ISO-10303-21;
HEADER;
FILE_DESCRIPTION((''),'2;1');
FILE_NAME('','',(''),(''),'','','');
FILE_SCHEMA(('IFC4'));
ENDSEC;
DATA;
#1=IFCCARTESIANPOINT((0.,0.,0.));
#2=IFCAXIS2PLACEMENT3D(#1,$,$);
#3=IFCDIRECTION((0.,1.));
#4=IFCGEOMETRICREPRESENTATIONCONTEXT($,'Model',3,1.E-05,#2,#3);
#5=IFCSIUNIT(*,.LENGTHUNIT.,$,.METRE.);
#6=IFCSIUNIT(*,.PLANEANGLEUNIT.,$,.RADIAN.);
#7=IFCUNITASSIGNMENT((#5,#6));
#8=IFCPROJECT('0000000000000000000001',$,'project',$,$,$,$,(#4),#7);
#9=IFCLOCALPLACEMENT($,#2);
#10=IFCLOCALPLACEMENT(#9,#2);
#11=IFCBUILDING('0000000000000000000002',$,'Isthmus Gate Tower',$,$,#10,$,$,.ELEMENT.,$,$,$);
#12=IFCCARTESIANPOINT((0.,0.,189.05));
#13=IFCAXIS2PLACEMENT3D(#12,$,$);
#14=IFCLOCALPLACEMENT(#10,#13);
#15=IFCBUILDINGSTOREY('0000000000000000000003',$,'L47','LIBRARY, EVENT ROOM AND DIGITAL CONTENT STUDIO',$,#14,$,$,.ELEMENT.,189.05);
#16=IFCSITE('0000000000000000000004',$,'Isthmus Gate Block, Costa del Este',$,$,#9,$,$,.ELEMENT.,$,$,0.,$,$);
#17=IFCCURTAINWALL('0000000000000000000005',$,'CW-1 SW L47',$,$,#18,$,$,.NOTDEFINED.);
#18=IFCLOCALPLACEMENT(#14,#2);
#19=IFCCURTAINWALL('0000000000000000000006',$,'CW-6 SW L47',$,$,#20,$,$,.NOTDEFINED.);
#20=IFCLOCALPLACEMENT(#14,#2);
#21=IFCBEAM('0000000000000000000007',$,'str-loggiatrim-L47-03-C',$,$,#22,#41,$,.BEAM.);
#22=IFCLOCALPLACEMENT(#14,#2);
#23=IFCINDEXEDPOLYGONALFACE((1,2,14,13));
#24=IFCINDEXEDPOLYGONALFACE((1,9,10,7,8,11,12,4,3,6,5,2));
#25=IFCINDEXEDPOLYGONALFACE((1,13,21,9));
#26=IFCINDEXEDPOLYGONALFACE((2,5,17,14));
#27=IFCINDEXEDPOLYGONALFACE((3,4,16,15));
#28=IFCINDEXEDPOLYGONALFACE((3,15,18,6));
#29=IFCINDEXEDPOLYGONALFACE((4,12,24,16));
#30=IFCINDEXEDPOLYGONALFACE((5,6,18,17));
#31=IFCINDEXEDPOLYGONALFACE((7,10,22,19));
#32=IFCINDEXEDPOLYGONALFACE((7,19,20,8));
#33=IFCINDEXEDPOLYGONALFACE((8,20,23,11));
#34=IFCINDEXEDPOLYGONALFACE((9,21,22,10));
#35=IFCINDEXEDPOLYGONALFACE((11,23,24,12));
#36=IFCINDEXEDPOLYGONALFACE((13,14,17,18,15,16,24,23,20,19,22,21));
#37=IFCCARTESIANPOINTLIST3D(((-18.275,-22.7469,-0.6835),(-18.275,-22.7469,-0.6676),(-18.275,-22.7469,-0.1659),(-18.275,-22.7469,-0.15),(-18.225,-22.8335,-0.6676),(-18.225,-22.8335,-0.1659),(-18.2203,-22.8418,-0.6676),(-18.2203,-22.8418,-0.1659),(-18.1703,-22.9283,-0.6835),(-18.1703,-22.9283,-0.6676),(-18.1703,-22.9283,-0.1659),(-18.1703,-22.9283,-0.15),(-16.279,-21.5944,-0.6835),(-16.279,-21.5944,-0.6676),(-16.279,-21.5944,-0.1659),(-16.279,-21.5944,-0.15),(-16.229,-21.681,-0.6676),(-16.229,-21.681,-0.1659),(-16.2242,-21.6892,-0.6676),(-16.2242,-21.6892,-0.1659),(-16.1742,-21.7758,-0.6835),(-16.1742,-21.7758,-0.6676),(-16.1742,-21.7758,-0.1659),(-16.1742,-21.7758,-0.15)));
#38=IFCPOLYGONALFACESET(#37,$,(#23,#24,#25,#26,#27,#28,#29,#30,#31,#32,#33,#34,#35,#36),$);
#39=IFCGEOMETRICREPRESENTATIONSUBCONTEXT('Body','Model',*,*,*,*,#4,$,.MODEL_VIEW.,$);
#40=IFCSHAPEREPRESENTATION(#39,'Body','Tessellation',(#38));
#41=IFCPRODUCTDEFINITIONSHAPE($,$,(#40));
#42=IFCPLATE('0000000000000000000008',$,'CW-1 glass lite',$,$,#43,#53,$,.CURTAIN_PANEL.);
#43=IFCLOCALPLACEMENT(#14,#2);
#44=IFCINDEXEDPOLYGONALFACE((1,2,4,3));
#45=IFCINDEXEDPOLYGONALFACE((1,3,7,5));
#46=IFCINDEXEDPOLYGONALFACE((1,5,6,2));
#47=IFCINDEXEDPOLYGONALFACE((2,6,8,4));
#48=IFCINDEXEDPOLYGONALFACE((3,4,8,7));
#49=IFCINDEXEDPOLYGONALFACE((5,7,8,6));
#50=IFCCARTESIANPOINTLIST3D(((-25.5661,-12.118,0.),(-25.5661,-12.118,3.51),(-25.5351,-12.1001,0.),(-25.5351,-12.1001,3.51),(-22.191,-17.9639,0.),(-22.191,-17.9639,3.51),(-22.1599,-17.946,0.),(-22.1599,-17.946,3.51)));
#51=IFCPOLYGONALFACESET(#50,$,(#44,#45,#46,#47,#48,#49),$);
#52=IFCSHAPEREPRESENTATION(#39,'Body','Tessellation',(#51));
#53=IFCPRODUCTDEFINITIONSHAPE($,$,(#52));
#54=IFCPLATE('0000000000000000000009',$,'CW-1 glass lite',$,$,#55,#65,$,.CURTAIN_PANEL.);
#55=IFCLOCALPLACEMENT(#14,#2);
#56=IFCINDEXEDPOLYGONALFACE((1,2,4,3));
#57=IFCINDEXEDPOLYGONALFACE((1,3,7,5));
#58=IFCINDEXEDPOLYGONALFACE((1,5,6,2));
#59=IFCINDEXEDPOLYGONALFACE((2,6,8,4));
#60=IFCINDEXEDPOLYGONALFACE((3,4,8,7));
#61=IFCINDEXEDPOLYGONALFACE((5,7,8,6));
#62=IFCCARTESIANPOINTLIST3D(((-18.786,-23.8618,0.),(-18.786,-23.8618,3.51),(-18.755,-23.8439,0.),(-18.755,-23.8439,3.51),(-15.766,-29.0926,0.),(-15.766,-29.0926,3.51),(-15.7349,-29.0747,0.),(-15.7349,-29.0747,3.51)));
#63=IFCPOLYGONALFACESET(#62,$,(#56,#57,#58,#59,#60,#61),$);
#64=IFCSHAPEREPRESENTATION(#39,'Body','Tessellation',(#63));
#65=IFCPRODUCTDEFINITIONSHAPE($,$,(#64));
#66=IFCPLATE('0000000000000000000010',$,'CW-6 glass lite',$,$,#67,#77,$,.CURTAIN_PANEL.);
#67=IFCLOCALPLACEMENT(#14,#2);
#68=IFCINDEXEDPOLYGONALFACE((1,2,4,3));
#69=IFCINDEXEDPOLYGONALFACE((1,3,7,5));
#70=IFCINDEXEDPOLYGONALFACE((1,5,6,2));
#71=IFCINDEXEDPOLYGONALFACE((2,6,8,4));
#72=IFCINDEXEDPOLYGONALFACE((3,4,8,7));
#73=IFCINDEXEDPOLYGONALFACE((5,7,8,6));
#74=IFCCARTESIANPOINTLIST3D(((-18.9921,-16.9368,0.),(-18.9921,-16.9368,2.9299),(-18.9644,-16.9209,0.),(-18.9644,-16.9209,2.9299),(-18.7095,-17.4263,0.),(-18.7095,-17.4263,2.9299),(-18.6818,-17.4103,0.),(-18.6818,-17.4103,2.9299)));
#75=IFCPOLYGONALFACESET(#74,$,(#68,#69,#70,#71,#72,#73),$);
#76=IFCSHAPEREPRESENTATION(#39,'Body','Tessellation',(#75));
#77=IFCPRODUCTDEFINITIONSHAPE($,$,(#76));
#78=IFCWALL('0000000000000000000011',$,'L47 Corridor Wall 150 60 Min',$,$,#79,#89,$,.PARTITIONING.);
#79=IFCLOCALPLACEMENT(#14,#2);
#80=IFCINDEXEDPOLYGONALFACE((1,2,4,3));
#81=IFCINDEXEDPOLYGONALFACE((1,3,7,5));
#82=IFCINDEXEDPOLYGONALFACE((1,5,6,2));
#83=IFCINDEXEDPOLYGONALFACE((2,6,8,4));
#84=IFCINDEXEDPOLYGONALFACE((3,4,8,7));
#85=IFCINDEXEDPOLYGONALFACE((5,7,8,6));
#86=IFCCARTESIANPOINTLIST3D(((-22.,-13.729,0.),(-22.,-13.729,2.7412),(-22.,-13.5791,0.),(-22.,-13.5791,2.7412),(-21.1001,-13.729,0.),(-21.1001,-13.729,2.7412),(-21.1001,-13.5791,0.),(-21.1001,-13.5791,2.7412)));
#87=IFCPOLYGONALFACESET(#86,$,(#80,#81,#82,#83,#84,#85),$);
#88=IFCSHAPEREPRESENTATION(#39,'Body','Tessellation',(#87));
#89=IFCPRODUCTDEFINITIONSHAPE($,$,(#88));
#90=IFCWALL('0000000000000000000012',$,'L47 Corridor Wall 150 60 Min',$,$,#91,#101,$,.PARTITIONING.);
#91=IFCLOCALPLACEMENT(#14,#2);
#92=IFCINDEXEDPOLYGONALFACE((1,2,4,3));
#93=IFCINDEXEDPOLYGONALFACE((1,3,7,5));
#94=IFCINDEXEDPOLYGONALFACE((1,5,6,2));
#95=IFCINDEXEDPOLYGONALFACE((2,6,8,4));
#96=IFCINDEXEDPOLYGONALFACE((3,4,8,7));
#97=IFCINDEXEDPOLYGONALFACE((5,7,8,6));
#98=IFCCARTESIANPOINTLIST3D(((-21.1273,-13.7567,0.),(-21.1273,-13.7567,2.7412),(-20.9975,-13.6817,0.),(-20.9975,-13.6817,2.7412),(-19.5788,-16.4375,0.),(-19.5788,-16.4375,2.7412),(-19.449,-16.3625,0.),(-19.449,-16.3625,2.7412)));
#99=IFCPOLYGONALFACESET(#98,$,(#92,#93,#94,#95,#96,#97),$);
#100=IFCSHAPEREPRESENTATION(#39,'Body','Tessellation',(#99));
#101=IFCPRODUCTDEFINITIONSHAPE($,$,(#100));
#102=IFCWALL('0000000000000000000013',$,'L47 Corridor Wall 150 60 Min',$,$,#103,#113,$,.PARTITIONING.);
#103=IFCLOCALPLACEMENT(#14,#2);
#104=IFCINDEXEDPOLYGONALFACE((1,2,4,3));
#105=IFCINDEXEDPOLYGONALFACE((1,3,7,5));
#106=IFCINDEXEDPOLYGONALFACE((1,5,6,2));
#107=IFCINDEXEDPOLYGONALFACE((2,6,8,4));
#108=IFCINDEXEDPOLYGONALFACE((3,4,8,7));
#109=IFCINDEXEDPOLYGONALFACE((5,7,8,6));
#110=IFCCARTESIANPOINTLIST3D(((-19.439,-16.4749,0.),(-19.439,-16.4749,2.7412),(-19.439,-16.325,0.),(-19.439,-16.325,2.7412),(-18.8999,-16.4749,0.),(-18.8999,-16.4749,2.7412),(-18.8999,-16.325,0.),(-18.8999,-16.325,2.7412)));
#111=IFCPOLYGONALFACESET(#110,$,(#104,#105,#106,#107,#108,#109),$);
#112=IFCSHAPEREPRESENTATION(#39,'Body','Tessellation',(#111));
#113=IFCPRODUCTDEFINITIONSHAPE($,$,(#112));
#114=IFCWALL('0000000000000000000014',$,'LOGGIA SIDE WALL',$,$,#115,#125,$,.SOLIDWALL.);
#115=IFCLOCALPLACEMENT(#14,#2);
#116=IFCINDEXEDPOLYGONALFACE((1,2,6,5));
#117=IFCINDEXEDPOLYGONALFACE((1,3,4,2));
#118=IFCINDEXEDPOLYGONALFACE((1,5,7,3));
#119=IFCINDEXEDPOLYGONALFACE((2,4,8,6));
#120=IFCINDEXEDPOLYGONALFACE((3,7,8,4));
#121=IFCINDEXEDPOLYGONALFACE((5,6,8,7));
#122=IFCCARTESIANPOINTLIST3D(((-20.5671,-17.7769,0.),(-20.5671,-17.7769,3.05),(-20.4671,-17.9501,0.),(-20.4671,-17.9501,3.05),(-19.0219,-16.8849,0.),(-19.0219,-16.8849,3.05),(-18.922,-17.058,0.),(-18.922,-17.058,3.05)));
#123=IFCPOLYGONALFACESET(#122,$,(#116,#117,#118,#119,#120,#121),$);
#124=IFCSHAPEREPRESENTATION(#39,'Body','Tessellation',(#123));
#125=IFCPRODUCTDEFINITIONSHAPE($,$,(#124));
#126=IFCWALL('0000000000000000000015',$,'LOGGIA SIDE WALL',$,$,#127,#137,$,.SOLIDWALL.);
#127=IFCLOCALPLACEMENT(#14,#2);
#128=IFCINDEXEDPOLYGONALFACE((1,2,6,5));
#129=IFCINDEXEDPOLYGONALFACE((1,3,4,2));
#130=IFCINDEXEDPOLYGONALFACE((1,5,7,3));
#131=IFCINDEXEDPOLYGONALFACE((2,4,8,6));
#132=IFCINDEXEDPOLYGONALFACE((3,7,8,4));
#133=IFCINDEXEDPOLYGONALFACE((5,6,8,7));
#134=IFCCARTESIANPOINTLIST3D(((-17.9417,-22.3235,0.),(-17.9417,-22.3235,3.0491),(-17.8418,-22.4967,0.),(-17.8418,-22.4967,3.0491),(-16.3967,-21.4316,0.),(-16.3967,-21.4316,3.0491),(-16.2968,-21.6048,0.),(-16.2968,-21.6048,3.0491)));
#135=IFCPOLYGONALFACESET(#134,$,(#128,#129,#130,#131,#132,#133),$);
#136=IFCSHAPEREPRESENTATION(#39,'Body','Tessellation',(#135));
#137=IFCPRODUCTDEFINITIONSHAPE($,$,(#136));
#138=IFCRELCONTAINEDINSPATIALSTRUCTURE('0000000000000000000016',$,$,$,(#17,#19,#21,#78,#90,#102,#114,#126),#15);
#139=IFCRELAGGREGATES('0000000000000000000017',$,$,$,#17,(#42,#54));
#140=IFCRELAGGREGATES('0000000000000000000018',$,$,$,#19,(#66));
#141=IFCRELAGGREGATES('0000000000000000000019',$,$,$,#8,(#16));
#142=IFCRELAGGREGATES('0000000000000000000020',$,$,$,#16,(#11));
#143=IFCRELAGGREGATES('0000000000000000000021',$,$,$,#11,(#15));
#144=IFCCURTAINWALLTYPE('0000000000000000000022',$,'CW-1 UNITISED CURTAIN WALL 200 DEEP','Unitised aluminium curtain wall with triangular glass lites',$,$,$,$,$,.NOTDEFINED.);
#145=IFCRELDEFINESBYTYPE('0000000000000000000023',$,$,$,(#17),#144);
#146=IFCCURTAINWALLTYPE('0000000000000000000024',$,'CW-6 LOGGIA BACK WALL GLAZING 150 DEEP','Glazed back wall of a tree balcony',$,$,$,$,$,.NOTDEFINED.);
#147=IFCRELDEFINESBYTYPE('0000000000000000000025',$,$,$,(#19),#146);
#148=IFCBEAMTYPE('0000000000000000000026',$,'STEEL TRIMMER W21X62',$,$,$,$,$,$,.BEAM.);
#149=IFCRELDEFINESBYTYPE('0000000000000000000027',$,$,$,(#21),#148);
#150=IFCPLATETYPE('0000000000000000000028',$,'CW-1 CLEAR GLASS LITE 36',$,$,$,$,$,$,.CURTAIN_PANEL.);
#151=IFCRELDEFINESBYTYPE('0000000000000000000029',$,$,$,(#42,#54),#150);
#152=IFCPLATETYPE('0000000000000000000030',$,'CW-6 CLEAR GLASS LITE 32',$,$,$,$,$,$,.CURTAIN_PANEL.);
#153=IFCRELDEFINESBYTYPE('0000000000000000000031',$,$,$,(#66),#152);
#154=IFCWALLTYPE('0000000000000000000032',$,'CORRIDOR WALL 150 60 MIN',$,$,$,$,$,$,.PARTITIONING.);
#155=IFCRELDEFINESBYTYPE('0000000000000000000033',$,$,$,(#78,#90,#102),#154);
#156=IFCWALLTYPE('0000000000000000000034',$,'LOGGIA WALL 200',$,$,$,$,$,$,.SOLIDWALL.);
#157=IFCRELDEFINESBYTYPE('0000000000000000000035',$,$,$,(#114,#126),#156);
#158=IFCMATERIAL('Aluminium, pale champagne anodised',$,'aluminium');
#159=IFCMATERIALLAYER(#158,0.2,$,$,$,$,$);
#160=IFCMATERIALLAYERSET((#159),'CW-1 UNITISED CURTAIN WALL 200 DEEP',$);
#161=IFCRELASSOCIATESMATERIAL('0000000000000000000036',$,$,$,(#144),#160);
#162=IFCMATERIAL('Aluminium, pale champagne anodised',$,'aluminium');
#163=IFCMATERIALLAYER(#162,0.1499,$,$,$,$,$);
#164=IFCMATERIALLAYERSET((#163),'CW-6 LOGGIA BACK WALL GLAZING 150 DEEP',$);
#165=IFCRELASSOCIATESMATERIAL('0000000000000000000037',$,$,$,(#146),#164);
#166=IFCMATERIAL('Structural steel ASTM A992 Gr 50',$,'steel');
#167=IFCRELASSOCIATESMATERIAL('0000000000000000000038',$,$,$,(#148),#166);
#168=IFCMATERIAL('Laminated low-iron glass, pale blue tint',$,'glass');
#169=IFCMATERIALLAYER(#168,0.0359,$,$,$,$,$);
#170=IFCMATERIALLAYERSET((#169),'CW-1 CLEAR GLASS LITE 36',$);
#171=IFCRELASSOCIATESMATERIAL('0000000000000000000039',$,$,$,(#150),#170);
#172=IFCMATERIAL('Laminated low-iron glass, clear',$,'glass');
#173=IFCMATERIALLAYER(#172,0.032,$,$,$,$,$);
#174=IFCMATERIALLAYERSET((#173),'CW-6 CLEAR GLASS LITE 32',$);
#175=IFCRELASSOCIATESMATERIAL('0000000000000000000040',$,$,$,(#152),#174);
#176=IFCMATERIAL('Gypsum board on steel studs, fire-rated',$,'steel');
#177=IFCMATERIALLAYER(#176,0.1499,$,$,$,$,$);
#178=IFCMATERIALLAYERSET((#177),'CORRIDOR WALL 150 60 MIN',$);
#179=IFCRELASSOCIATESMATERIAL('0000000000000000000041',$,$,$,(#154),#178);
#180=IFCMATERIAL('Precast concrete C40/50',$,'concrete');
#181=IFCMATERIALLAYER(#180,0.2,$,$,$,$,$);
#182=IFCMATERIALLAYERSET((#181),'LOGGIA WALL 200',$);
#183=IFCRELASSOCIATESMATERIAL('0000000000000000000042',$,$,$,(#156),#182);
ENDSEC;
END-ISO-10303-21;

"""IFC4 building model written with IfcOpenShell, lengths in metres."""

from ifc_helpers import new_model, si_unit, direction, frame, frame_2d, origin, origin_2d, place, context, subcontext, project, spatial, rectangle, i_section, extrude, material, layer, layer_set, material_profile, profile_set, type_object, element, aggregate, save


model = new_model("IFC4")

# Units and contexts
model_context = context("Model", 3, precision=1e-05, world=origin(), true_north=direction((0.0, 1.0)))
body_context = subcontext(model_context, "Body", "Model", "MODEL_VIEW")
ifc_project = project(units=[si_unit("LENGTHUNIT", "METRE"), si_unit("PLANEANGLEUNIT", "RADIAN")], contexts=[model_context])

# Site, building, storey
site_placement = place(None, origin())
site = spatial("IfcSite", under=ifc_project, at=site_placement, Name="Isthmus Gate Block, Costa del Este", CompositionType="ELEMENT", RefElevation=0.0)
building_placement = place(site_placement, origin())
building = spatial("IfcBuilding", under=site, at=building_placement, Name="Isthmus Gate Tower", CompositionType="ELEMENT")
storey_placement = place(building_placement, frame((0.0, 0.0, 189.05)))
storey = spatial("IfcBuildingStorey", under=building, at=storey_placement, Name="L47", Description="LIBRARY, EVENT ROOM AND DIGITAL CONTENT STUDIO", CompositionType="ELEMENT", Elevation=189.05)

# Curtain walls
ifc_material_1 = material(Name="Aluminium, pale champagne anodised", Category="aluminium")
ifc_layer_1 = layer(ifc_material_1, 0.2)
ifc_layer_set_1 = layer_set([ifc_layer_1], Name="CW-1 UNITISED CURTAIN WALL 200 DEEP")
curtain_wall_type_1 = type_object("IfcCurtainWallType", Name="CW-1 UNITISED CURTAIN WALL 200 DEEP", Description="Unitised aluminium curtain wall with triangular glass lites", PredefinedType="NOTDEFINED", material=ifc_layer_set_1)
curtain_wall_1_placement = place(storey_placement, origin())
curtain_wall_1 = element("IfcCurtainWall", 1, at=curtain_wall_1_placement, inside=storey, type_object=curtain_wall_type_1, Name="CW-1 SW L47", PredefinedType="NOTDEFINED")
ifc_material_2 = material(Name="Aluminium, pale champagne anodised", Category="aluminium")
ifc_layer_2 = layer(ifc_material_2, 0.1499)
ifc_layer_set_2 = layer_set([ifc_layer_2], Name="CW-6 LOGGIA BACK WALL GLAZING 150 DEEP")
curtain_wall_type_2 = type_object("IfcCurtainWallType", Name="CW-6 LOGGIA BACK WALL GLAZING 150 DEEP", Description="Glazed back wall of a tree balcony", PredefinedType="NOTDEFINED", material=ifc_layer_set_2)
curtain_wall_2_placement = place(storey_placement, origin())
curtain_wall_2 = element("IfcCurtainWall", 2, at=curtain_wall_2_placement, inside=storey, type_object=curtain_wall_type_2, Name="CW-6 SW L47", PredefinedType="NOTDEFINED")

# Beam
ifc_material_3 = material(Name="Structural steel ASTM A992 Gr 50", Category="steel")
ifc_material_profile_1 = material_profile(ifc_material_3, i_section(OverallWidth=0.2095, OverallDepth=0.5334, WebThickness=0.0095, FlangeThickness=0.0159, at=origin_2d()), Name="W21X62")
ifc_profile_set_1 = profile_set([ifc_material_profile_1], Name="Structural steel ASTM A992 Gr 50")
beam_type_1 = type_object("IfcBeamType", Name="STEEL TRIMMER W21X62", PredefinedType="BEAM", material=ifc_profile_set_1)
for number, where, z_axis, x_axis, name in (
    (3, (-18.2227, -22.8376, -0.4167), (0.865999, 0.500046, 0.0), (-0.500046, 0.865999, 0.0), "str-loggiatrim-L47-03-C"),
):
    element("IfcBeam", number, at=place(storey_placement, frame(where, z_axis=z_axis, x_axis=x_axis)), inside=storey, type_object=beam_type_1, Name=name, PredefinedType="BEAM", context=body_context, shape_type="SweptSolid", body=[
        extrude(i_section(OverallWidth=0.2095, OverallDepth=0.5334, WebThickness=0.0095, FlangeThickness=0.0159, at=origin_2d()), origin(), (0.0, 0.0, 1.0), 2.3049),
    ])

# Plates
ifc_material_4 = material(Name="Laminated low-iron glass, pale blue tint", Category="glass")
ifc_layer_3 = layer(ifc_material_4, 0.0359)
ifc_layer_set_3 = layer_set([ifc_layer_3], Name="CW-1 CLEAR GLASS LITE 36")
plate_type_1 = type_object("IfcPlateType", Name="CW-1 CLEAR GLASS LITE 36", PredefinedType="CURTAIN_PANEL", material=ifc_layer_set_3)
plate_1_placement = place(storey_placement, frame((-23.863, -15.032, 0.0), z_axis=(0.0, 0.0, 1.0), x_axis=(0.5, -0.866025, 0.0)))
plate_1 = element("IfcPlate", 4, at=plate_1_placement, type_object=plate_type_1, Name="CW-1 glass lite", PredefinedType="CURTAIN_PANEL", context=body_context, shape_type="SweptSolid", body=[
    extrude(rectangle(XDim=6.7502, YDim=0.0359, at=origin_2d()), origin(), (0.0, 0.0, 1.0), 3.51),
])
plate_2_placement = place(storey_placement, frame((-17.2605, -26.4683, 0.0), z_axis=(0.0, 0.0, 1.0), x_axis=(0.5, -0.866025, 0.0)))
plate_2 = element("IfcPlate", 5, at=plate_2_placement, type_object=plate_type_1, Name="CW-1 glass lite", PredefinedType="CURTAIN_PANEL", context=body_context, shape_type="SweptSolid", body=[
    extrude(rectangle(XDim=6.04, YDim=0.0359, at=origin_2d()), origin(), (0.0, 0.0, 1.0), 3.51),
])
aggregate(curtain_wall_1, [plate_1, plate_2])
ifc_material_5 = material(Name="Laminated low-iron glass, clear", Category="glass")
ifc_layer_4 = layer(ifc_material_5, 0.032)
ifc_layer_set_4 = layer_set([ifc_layer_4], Name="CW-6 CLEAR GLASS LITE 32")
plate_type_2 = type_object("IfcPlateType", Name="CW-6 CLEAR GLASS LITE 32", PredefinedType="CURTAIN_PANEL", material=ifc_layer_set_4)
plate_3_placement = place(storey_placement, frame((-18.8369, -17.1736, 0.0), z_axis=(0.0, 0.0, 1.0), x_axis=(0.5, -0.866025, 0.0)))
plate_3 = element("IfcPlate", 6, at=plate_3_placement, type_object=plate_type_2, Name="CW-6 glass lite", PredefinedType="CURTAIN_PANEL", context=body_context, shape_type="SweptSolid", body=[
    extrude(rectangle(XDim=0.5652, YDim=0.032, at=origin_2d()), origin(), (0.0, 0.0, 1.0), 2.9299),
])
aggregate(curtain_wall_2, [plate_3])

# Walls
ifc_material_6 = material(Name="Gypsum board on steel studs, fire-rated", Category="steel")
ifc_layer_5 = layer(ifc_material_6, 0.1499)
ifc_layer_set_5 = layer_set([ifc_layer_5], Name="CORRIDOR WALL 150 60 MIN")
wall_type_1 = type_object("IfcWallType", Name="CORRIDOR WALL 150 60 MIN", PredefinedType="PARTITIONING", material=ifc_layer_set_5)
wall_1_placement = place(storey_placement, frame((-21.1001, -13.6541, 0.0), z_axis=(0.0, 0.0, 1.0), x_axis=(-1.0, 0.0, 0.0)))
element("IfcWall", 7, at=wall_1_placement, inside=storey, type_object=wall_type_1, Name="L47 Corridor Wall 150 60 Min", PredefinedType="PARTITIONING", context=body_context, shape_type="SweptSolid", body=[
    extrude(rectangle(XDim=0.8999, YDim=0.1499, at=frame_2d((0.45, 0.0))), origin(), (0.0, 0.0, 1.0), 2.7412),
])
wall_2_placement = place(storey_placement, frame((-19.5139, -16.3999, 0.0), z_axis=(0.0, 0.0, 1.0), x_axis=(-0.500184, 0.865919, 0.0)))
element("IfcWall", 8, at=wall_2_placement, inside=storey, type_object=wall_type_1, Name="L47 Corridor Wall 150 60 Min", PredefinedType="PARTITIONING", context=body_context, shape_type="SweptSolid", body=[
    extrude(rectangle(XDim=3.0959, YDim=0.1499, at=frame_2d((1.5479, 0.0))), origin(), (0.0, 0.0, 1.0), 2.7412),
])
wall_3_placement = place(storey_placement, frame((-18.8999, -16.3999, 0.0), z_axis=(0.0, 0.0, 1.0), x_axis=(-1.0, 0.0, 0.0)))
element("IfcWall", 9, at=wall_3_placement, inside=storey, type_object=wall_type_1, Name="L47 Corridor Wall 150 60 Min", PredefinedType="PARTITIONING", context=body_context, shape_type="SweptSolid", body=[
    extrude(rectangle(XDim=0.5391, YDim=0.1499, at=frame_2d((0.2695, 0.0))), origin(), (0.0, 0.0, 1.0), 2.7412),
])

# Shared definitions
ifc_material_7 = material(Name="Precast concrete C40/50", Category="concrete")
ifc_layer_6 = layer(ifc_material_7, 0.2)
ifc_layer_set_6 = layer_set([ifc_layer_6], Name="LOGGIA WALL 200")
wall_type_2 = type_object("IfcWallType", Name="LOGGIA WALL 200", PredefinedType="SOLIDWALL", material=ifc_layer_set_6)

# Walls
wall_4_placement = place(storey_placement, frame((-20.5171, -17.8635, 0.0), z_axis=(0.0, 0.0, 1.0), x_axis=(0.866028, 0.499995, 0.0)))
element("IfcWall", 10, at=wall_4_placement, inside=storey, type_object=wall_type_2, Name="LOGGIA SIDE WALL", PredefinedType="SOLIDWALL", context=body_context, shape_type="SweptSolid", body=[
    extrude(rectangle(XDim=1.7842, YDim=0.2, at=frame_2d((0.8921, 0.0))), origin(), (0.0, 0.0, 1.0), 3.05),
])
wall_5_placement = place(storey_placement, frame((-17.8918, -22.4102, 0.0), z_axis=(0.0, 0.0, 1.0), x_axis=(0.866053, 0.499951, 0.0)))
element("IfcWall", 11, at=wall_5_placement, inside=storey, type_object=wall_type_2, Name="LOGGIA SIDE WALL", PredefinedType="SOLIDWALL", context=body_context, shape_type="SweptSolid", body=[
    extrude(rectangle(XDim=1.7839, YDim=0.2, at=frame_2d((0.8921, 0.0))), origin(), (0.0, 0.0, 1.0), 3.0491),
])

save(model, "model.ifc")
